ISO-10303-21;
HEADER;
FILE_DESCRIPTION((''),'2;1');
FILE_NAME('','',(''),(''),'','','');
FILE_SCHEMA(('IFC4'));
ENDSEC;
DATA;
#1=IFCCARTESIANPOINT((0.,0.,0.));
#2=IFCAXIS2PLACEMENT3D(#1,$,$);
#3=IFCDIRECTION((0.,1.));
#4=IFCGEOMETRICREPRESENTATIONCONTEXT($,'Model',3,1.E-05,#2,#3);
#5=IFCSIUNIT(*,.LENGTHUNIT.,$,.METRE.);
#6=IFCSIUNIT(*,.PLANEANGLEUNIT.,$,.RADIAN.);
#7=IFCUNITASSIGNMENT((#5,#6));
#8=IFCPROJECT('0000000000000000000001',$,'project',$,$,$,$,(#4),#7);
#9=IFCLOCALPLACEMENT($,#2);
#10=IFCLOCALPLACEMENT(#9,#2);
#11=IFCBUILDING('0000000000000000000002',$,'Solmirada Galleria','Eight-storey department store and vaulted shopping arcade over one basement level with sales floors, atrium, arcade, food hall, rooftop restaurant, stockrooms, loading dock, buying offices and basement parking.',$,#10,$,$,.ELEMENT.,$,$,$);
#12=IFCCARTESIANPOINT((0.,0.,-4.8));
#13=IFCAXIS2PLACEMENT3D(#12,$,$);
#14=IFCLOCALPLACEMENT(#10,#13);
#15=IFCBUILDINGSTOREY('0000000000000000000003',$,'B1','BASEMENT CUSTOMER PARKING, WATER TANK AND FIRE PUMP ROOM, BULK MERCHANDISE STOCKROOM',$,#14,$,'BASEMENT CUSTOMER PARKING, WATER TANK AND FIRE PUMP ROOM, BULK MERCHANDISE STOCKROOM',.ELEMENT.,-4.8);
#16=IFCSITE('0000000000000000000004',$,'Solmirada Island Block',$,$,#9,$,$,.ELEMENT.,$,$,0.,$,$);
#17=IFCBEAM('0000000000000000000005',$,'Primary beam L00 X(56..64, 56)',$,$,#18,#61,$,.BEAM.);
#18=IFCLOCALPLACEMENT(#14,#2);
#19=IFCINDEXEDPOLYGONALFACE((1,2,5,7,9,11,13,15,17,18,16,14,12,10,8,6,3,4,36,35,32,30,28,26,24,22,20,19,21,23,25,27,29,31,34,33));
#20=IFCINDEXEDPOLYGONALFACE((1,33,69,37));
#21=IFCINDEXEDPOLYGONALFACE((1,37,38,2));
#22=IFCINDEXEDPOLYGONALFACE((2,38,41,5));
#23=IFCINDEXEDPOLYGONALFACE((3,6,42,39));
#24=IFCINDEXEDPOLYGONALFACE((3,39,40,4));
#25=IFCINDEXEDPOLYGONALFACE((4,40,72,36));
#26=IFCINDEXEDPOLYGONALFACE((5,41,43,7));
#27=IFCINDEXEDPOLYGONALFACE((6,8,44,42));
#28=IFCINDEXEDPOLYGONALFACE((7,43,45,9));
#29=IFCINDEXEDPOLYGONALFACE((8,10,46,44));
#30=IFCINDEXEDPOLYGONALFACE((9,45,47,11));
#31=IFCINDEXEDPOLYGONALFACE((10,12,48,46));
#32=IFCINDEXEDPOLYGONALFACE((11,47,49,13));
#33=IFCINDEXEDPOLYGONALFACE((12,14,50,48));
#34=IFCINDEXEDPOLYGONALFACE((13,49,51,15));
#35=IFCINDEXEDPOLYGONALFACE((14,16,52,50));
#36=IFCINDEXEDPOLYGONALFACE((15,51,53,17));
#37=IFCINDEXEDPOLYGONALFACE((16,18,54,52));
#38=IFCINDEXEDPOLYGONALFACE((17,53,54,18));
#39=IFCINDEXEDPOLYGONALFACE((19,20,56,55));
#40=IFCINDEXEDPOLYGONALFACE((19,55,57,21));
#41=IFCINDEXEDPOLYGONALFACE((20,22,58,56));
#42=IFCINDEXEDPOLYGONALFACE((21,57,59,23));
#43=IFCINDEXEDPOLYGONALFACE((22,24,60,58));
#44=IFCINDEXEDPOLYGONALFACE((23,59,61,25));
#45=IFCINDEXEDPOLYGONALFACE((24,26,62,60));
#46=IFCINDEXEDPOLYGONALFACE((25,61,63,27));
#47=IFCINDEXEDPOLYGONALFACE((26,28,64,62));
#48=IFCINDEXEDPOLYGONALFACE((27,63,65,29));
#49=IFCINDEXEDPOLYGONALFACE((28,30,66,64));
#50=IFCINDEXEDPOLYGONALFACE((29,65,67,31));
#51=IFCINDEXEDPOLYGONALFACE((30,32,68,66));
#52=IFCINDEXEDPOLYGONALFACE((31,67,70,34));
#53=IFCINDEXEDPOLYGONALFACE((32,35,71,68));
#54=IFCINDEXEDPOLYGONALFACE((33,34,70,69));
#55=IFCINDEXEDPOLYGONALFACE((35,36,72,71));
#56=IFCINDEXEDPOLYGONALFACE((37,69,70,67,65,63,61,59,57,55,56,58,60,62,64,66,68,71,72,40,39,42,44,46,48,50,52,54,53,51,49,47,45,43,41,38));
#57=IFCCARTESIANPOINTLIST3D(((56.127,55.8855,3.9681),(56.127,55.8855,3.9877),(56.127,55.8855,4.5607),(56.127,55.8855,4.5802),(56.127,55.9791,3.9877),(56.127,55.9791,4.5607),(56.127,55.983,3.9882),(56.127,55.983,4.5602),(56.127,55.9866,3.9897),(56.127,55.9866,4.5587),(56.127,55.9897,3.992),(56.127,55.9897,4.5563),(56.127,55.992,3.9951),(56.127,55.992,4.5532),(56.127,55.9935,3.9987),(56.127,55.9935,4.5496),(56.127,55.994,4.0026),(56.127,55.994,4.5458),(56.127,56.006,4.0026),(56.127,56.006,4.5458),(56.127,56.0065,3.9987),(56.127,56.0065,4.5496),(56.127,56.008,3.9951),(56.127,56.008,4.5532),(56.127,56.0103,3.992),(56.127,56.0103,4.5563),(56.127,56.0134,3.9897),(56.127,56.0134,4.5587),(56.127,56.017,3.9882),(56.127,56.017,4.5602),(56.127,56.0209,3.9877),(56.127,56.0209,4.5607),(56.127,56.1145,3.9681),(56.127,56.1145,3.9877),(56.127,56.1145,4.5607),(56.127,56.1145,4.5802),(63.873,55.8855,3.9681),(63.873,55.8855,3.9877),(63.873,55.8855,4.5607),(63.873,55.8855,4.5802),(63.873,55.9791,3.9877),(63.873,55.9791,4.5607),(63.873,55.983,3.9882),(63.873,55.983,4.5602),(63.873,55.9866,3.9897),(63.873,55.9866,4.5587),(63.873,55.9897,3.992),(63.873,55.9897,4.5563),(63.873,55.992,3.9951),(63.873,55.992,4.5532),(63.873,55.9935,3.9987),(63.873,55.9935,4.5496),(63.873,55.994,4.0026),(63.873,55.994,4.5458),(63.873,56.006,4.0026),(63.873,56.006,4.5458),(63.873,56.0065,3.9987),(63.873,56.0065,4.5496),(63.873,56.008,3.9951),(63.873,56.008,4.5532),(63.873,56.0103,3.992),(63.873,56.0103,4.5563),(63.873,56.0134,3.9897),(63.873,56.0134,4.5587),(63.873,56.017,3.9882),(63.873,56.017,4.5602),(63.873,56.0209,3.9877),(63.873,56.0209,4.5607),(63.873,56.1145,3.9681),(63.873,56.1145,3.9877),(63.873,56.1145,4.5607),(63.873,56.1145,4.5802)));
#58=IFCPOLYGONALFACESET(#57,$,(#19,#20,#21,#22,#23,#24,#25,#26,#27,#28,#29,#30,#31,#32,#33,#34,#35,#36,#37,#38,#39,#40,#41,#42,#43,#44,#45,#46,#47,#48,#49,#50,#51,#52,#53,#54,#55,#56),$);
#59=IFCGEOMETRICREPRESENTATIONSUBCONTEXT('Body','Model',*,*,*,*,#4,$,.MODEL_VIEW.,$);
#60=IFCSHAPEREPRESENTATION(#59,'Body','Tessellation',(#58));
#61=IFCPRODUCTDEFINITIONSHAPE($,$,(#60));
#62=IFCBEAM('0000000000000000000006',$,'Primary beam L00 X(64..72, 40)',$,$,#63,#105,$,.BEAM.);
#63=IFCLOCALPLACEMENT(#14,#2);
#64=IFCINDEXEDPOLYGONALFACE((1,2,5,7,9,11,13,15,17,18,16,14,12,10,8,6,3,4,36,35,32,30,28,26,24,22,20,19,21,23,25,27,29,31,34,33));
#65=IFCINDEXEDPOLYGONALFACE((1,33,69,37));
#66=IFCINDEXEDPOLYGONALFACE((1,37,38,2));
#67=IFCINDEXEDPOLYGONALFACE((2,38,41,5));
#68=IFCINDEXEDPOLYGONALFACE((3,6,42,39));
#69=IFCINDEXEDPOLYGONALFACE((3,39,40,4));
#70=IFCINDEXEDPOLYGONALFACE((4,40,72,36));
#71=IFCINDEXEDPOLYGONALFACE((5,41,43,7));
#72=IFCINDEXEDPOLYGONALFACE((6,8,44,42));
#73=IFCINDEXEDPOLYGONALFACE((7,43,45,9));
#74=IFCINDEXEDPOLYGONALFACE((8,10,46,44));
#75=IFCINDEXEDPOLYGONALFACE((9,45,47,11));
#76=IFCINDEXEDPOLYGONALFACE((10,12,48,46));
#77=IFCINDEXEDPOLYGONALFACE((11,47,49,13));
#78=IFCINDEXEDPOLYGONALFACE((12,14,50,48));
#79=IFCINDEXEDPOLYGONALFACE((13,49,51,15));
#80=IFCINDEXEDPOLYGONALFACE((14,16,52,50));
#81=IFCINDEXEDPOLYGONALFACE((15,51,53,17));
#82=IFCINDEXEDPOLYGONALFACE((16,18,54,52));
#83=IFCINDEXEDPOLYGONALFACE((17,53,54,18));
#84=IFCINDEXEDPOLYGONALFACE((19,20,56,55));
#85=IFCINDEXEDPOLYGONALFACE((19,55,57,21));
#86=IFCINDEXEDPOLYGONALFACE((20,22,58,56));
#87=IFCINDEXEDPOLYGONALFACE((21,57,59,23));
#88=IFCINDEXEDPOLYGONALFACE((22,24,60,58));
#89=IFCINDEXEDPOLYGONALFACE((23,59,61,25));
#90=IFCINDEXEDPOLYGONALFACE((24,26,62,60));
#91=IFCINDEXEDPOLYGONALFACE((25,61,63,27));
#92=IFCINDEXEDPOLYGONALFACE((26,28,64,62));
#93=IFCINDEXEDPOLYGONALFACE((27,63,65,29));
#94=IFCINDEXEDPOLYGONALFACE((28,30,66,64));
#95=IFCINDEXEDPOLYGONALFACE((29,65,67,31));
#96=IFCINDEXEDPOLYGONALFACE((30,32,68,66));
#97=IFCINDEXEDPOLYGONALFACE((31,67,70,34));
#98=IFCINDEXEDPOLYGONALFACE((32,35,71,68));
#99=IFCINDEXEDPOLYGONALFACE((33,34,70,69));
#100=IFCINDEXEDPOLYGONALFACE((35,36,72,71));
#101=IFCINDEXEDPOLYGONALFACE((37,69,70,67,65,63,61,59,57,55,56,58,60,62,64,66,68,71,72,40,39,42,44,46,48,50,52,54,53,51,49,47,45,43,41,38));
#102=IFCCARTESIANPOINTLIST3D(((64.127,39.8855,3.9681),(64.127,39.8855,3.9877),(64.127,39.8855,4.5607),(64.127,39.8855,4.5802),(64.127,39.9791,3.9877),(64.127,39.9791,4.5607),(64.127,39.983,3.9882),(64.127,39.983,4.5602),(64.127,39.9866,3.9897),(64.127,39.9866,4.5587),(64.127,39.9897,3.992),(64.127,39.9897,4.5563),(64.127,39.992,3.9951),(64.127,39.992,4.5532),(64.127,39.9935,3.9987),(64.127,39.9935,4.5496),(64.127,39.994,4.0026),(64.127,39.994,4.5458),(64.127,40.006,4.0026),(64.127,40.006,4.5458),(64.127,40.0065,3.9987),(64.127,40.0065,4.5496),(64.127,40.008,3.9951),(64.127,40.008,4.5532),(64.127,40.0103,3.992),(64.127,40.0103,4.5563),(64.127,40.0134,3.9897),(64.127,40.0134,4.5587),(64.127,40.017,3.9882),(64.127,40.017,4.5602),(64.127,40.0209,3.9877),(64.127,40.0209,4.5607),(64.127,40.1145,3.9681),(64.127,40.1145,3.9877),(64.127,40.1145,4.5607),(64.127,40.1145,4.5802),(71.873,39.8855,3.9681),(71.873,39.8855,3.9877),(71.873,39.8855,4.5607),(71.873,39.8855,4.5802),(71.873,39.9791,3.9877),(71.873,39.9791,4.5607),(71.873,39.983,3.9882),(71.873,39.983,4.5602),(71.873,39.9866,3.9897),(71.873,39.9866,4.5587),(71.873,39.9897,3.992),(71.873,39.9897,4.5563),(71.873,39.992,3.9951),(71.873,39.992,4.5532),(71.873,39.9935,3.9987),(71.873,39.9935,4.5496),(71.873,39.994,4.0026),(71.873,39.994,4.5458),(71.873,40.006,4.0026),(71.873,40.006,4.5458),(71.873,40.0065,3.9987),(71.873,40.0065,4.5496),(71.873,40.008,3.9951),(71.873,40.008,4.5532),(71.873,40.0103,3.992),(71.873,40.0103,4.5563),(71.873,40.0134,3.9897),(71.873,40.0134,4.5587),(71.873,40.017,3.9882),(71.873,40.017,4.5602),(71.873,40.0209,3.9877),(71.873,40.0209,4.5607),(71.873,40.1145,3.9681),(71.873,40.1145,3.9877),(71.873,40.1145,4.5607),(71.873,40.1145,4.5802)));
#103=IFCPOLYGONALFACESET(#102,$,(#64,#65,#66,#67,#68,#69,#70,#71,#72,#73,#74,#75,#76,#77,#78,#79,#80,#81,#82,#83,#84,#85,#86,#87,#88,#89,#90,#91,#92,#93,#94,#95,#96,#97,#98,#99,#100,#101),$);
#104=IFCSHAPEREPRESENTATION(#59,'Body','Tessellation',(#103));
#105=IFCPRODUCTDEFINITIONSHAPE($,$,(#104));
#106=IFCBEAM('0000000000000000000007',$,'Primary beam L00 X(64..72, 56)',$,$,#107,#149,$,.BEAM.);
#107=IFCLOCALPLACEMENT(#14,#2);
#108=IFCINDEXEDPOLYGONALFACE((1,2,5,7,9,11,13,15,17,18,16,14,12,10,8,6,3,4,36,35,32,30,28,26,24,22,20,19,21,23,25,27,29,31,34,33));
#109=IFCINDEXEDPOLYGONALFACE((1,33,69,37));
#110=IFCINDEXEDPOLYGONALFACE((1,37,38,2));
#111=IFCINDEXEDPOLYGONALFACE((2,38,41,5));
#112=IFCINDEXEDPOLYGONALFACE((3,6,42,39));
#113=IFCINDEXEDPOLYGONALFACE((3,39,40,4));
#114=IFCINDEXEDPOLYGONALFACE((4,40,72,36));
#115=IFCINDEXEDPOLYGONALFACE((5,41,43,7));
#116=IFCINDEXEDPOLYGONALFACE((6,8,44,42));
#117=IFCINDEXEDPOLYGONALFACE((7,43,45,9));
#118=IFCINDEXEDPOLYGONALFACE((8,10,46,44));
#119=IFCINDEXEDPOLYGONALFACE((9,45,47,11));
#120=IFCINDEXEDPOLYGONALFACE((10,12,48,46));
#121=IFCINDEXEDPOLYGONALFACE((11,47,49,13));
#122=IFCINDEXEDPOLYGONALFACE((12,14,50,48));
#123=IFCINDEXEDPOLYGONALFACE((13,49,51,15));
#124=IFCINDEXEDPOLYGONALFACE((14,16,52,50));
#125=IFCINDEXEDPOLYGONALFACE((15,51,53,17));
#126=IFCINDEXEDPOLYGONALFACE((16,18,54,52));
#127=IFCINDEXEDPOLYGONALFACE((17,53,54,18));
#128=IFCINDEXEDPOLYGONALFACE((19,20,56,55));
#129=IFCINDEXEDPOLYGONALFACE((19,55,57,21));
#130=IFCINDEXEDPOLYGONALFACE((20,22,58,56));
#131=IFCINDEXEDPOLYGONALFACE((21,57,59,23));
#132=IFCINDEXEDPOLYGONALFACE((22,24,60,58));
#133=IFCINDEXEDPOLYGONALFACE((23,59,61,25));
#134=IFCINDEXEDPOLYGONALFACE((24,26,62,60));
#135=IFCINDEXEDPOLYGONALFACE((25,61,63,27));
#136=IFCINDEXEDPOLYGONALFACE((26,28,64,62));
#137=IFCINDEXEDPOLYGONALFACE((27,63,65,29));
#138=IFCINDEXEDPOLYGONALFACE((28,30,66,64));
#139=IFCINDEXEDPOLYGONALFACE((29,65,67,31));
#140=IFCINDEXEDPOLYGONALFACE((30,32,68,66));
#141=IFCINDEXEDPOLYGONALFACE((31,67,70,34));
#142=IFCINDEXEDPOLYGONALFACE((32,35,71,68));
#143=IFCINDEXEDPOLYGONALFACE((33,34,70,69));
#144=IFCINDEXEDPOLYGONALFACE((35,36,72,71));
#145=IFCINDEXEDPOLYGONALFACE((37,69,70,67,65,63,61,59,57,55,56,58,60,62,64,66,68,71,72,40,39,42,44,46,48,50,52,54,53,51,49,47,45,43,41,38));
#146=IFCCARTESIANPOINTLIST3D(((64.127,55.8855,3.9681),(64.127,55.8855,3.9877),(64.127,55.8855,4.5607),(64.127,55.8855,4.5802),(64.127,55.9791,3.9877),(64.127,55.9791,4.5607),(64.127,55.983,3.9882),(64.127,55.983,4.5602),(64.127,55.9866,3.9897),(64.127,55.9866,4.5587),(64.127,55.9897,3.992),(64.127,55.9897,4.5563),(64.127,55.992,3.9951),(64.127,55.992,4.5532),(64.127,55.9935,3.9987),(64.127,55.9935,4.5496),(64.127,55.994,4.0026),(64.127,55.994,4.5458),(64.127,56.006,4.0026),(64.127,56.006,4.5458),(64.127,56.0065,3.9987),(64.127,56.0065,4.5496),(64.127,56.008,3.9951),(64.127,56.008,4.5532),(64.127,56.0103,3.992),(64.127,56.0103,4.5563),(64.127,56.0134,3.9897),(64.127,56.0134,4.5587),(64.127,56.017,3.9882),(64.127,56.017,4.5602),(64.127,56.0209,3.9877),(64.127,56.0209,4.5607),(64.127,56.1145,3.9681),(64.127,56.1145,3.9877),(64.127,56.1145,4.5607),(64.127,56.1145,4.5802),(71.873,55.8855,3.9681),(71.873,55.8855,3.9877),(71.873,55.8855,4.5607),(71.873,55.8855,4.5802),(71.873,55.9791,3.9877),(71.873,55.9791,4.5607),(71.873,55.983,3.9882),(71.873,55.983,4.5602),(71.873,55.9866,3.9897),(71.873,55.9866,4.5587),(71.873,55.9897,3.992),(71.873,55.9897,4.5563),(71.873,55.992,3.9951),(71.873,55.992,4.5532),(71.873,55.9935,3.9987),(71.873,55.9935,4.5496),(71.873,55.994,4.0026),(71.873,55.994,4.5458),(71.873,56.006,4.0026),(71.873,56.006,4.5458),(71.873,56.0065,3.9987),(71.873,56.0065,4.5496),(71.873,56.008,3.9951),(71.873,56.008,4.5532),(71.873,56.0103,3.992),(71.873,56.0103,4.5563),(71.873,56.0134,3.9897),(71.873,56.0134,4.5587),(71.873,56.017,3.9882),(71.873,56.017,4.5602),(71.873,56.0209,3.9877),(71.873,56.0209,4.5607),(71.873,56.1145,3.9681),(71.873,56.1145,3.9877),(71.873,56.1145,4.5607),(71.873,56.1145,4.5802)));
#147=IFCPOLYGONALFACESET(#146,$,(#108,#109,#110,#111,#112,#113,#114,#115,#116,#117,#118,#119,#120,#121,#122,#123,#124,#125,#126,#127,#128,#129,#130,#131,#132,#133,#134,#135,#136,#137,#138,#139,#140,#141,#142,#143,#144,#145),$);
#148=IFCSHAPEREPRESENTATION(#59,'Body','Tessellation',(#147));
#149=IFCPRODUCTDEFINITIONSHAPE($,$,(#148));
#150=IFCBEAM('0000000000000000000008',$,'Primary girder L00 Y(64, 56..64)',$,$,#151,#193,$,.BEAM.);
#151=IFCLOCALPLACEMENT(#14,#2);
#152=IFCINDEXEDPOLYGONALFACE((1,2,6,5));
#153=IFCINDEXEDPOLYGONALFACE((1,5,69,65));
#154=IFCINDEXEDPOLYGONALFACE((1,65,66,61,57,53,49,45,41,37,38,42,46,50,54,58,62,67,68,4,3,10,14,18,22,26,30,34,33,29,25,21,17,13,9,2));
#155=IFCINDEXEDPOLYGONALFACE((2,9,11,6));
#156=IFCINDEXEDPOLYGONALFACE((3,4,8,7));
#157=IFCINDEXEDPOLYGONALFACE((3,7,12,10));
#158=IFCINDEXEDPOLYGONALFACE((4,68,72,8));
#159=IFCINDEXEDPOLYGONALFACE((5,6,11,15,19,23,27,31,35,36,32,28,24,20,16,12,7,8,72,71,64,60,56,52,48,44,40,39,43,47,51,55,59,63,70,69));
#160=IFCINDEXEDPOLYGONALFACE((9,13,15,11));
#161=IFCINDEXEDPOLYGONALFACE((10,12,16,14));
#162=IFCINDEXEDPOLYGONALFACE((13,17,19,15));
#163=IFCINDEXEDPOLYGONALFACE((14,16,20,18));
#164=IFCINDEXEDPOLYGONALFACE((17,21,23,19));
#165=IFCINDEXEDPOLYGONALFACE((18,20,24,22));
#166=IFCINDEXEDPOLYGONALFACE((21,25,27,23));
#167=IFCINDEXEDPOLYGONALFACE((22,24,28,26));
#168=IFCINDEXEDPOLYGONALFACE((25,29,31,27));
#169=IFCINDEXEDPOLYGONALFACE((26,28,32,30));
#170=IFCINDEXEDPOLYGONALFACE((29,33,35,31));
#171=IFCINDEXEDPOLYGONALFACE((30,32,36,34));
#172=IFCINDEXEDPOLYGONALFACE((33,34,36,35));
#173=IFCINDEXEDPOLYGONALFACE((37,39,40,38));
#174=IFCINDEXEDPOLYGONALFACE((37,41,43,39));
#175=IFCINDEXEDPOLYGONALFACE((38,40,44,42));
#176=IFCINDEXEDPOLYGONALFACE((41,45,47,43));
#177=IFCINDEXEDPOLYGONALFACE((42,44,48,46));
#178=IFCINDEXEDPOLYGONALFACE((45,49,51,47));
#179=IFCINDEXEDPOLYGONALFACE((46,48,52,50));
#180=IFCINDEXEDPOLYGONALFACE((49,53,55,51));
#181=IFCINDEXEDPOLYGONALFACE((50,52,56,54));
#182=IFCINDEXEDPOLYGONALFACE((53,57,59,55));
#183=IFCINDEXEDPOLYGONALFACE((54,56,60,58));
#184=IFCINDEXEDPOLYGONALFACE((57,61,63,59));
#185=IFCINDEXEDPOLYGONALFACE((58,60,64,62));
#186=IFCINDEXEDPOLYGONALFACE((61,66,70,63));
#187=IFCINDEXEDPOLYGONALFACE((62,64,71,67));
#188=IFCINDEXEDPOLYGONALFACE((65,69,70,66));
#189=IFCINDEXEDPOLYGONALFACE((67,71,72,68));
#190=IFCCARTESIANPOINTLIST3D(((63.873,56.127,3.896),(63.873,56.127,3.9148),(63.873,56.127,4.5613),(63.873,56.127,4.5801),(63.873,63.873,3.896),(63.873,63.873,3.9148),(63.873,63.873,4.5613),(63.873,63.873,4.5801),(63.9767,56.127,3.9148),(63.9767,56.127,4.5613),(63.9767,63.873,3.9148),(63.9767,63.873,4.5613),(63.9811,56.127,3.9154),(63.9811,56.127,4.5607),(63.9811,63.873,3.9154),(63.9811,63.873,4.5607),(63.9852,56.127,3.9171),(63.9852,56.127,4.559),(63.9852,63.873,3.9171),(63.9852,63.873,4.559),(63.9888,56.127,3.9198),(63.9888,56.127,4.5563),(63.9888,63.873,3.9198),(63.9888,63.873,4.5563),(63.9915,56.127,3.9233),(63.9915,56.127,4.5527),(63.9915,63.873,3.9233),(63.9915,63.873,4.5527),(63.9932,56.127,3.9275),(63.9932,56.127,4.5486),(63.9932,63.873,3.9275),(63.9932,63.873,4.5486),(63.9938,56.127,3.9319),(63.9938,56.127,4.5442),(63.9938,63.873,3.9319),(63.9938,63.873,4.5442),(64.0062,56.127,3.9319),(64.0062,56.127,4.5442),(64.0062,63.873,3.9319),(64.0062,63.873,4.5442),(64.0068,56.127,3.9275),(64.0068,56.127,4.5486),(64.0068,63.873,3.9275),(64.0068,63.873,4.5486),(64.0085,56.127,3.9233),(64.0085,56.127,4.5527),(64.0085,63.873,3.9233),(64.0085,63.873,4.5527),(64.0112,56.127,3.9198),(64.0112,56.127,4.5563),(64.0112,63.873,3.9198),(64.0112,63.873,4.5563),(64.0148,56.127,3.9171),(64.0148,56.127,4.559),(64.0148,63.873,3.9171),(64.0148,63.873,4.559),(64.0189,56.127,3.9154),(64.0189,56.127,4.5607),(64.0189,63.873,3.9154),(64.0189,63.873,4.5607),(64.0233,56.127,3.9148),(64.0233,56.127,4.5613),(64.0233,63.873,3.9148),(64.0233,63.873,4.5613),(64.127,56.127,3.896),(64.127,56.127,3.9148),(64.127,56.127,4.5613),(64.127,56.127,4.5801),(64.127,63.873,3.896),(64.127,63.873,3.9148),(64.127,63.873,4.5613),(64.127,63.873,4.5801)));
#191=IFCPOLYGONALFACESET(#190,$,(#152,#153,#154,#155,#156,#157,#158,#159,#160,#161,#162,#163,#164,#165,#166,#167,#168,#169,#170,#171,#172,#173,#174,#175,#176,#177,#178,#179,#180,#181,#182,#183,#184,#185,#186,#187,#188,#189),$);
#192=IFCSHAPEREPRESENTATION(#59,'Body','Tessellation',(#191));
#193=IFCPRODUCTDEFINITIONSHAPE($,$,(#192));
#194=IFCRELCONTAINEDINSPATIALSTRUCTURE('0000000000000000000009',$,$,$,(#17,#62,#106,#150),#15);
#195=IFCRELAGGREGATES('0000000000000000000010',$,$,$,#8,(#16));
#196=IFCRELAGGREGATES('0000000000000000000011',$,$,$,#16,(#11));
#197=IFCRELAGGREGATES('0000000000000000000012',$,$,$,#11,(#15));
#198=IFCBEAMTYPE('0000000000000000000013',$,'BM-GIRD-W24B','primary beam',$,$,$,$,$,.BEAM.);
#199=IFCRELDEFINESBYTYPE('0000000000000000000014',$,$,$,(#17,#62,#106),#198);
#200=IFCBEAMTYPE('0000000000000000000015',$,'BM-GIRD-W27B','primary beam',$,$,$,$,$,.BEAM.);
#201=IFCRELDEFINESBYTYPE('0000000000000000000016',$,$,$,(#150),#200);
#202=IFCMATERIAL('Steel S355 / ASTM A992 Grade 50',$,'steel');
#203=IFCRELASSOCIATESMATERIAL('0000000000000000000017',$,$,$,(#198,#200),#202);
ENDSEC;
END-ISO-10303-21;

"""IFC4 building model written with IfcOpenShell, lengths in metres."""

from ifc_helpers import new_model, si_unit, direction, frame, origin, origin_2d, place, context, subcontext, project, spatial, i_section, extrude, material, material_profile, profile_set, type_object, element, save


model = new_model("IFC4")

# Units and contexts
model_context = context("Model", 3, precision=1e-05, world=origin(), true_north=direction((0.0, 1.0)))
body_context = subcontext(model_context, "Body", "Model", "MODEL_VIEW")
ifc_project = project(units=[si_unit("LENGTHUNIT", "METRE"), si_unit("PLANEANGLEUNIT", "RADIAN")], contexts=[model_context])

# Site, building, storey
site_placement = place(None, origin())
site = spatial("IfcSite", under=ifc_project, at=site_placement, Name="Solmirada Island Block", CompositionType="ELEMENT", RefElevation=0.0)
building_placement = place(site_placement, origin())
building = spatial("IfcBuilding", under=site, at=building_placement, Name="Solmirada Galleria", Description="Eight-storey department store and vaulted shopping arcade over one basement level with sales floors, atrium, arcade, food hall, rooftop restaurant, stockrooms, loading dock, buying offices and basement parking.", CompositionType="ELEMENT")
storey_placement = place(building_placement, frame((0.0, 0.0, -4.8)))
storey = spatial("IfcBuildingStorey", under=building, at=storey_placement, Name="B1", Description="BASEMENT CUSTOMER PARKING, WATER TANK AND FIRE PUMP ROOM, BULK MERCHANDISE STOCKROOM", LongName="BASEMENT CUSTOMER PARKING, WATER TANK AND FIRE PUMP ROOM, BULK MERCHANDISE STOCKROOM", CompositionType="ELEMENT", Elevation=-4.8)

# Beams
ifc_material_1 = material(Name="Steel S355 / ASTM A992 Grade 50", Category="steel")
ifc_material_profile_1 = material_profile(ifc_material_1, i_section(OverallWidth=0.229, OverallDepth=0.6121, WebThickness=0.012, FlangeThickness=0.0195, FilletRadius=0.0149, at=origin_2d()), Name="W24X84")
ifc_profile_set_1 = profile_set([ifc_material_profile_1], Name="Steel S355 / ASTM A992 Grade 50")
beam_type_1 = type_object("IfcBeamType", Name="BM-GIRD-W24B", Description="primary beam", PredefinedType="BEAM", material=ifc_profile_set_1)
for number, where, z_axis, x_axis, name in (
    (1, (56.127, 56.0, 4.2742), (1.0, 0.0, 0.0), (0.0, 1.0, 0.0), "Primary beam L00 X(56..64, 56)"),
    (2, (64.127, 40.0, 4.2742), (1.0, 0.0, 0.0), (0.0, 1.0, 0.0), "Primary beam L00 X(64..72, 40)"),
    (3, (64.127, 56.0, 4.2742), (1.0, 0.0, 0.0), (0.0, 1.0, 0.0), "Primary beam L00 X(64..72, 56)"),
):
    element("IfcBeam", number, at=place(storey_placement, frame(where, z_axis=z_axis, x_axis=x_axis)), inside=storey, type_object=beam_type_1, Name=name, PredefinedType="BEAM", context=body_context, shape_type="SweptSolid", body=[
        extrude(i_section(OverallWidth=0.229, OverallDepth=0.6121, WebThickness=0.012, FlangeThickness=0.0195, FilletRadius=0.0149, at=origin_2d()), origin(), (0.0, 0.0, 1.0), 7.7461),
    ])
ifc_material_profile_2 = material_profile(ifc_material_1, i_section(OverallWidth=0.2539, OverallDepth=0.6841, WebThickness=0.0125, FlangeThickness=0.0188, FilletRadius=0.0171, at=origin_2d()), Name="W27X94")
ifc_profile_set_2 = profile_set([ifc_material_profile_2], Name="Steel S355 / ASTM A992 Grade 50")
beam_type_2 = type_object("IfcBeamType", Name="BM-GIRD-W27B", Description="primary beam", PredefinedType="BEAM", material=ifc_profile_set_2)
beam_1_placement = place(storey_placement, frame((64.0, 56.127, 4.238), z_axis=(0.0, 1.0, 0.0), x_axis=(-1.0, 0.0, 0.0)))
element("IfcBeam", 4, at=beam_1_placement, inside=storey, type_object=beam_type_2, Name="Primary girder L00 Y(64, 56..64)", PredefinedType="BEAM", context=body_context, shape_type="SweptSolid", body=[
    extrude(i_section(OverallWidth=0.2539, OverallDepth=0.6841, WebThickness=0.0125, FlangeThickness=0.0188, FilletRadius=0.0171, at=origin_2d()), origin(), (0.0, 0.0, 1.0), 7.7461),
])

save(model, "model.ifc")
